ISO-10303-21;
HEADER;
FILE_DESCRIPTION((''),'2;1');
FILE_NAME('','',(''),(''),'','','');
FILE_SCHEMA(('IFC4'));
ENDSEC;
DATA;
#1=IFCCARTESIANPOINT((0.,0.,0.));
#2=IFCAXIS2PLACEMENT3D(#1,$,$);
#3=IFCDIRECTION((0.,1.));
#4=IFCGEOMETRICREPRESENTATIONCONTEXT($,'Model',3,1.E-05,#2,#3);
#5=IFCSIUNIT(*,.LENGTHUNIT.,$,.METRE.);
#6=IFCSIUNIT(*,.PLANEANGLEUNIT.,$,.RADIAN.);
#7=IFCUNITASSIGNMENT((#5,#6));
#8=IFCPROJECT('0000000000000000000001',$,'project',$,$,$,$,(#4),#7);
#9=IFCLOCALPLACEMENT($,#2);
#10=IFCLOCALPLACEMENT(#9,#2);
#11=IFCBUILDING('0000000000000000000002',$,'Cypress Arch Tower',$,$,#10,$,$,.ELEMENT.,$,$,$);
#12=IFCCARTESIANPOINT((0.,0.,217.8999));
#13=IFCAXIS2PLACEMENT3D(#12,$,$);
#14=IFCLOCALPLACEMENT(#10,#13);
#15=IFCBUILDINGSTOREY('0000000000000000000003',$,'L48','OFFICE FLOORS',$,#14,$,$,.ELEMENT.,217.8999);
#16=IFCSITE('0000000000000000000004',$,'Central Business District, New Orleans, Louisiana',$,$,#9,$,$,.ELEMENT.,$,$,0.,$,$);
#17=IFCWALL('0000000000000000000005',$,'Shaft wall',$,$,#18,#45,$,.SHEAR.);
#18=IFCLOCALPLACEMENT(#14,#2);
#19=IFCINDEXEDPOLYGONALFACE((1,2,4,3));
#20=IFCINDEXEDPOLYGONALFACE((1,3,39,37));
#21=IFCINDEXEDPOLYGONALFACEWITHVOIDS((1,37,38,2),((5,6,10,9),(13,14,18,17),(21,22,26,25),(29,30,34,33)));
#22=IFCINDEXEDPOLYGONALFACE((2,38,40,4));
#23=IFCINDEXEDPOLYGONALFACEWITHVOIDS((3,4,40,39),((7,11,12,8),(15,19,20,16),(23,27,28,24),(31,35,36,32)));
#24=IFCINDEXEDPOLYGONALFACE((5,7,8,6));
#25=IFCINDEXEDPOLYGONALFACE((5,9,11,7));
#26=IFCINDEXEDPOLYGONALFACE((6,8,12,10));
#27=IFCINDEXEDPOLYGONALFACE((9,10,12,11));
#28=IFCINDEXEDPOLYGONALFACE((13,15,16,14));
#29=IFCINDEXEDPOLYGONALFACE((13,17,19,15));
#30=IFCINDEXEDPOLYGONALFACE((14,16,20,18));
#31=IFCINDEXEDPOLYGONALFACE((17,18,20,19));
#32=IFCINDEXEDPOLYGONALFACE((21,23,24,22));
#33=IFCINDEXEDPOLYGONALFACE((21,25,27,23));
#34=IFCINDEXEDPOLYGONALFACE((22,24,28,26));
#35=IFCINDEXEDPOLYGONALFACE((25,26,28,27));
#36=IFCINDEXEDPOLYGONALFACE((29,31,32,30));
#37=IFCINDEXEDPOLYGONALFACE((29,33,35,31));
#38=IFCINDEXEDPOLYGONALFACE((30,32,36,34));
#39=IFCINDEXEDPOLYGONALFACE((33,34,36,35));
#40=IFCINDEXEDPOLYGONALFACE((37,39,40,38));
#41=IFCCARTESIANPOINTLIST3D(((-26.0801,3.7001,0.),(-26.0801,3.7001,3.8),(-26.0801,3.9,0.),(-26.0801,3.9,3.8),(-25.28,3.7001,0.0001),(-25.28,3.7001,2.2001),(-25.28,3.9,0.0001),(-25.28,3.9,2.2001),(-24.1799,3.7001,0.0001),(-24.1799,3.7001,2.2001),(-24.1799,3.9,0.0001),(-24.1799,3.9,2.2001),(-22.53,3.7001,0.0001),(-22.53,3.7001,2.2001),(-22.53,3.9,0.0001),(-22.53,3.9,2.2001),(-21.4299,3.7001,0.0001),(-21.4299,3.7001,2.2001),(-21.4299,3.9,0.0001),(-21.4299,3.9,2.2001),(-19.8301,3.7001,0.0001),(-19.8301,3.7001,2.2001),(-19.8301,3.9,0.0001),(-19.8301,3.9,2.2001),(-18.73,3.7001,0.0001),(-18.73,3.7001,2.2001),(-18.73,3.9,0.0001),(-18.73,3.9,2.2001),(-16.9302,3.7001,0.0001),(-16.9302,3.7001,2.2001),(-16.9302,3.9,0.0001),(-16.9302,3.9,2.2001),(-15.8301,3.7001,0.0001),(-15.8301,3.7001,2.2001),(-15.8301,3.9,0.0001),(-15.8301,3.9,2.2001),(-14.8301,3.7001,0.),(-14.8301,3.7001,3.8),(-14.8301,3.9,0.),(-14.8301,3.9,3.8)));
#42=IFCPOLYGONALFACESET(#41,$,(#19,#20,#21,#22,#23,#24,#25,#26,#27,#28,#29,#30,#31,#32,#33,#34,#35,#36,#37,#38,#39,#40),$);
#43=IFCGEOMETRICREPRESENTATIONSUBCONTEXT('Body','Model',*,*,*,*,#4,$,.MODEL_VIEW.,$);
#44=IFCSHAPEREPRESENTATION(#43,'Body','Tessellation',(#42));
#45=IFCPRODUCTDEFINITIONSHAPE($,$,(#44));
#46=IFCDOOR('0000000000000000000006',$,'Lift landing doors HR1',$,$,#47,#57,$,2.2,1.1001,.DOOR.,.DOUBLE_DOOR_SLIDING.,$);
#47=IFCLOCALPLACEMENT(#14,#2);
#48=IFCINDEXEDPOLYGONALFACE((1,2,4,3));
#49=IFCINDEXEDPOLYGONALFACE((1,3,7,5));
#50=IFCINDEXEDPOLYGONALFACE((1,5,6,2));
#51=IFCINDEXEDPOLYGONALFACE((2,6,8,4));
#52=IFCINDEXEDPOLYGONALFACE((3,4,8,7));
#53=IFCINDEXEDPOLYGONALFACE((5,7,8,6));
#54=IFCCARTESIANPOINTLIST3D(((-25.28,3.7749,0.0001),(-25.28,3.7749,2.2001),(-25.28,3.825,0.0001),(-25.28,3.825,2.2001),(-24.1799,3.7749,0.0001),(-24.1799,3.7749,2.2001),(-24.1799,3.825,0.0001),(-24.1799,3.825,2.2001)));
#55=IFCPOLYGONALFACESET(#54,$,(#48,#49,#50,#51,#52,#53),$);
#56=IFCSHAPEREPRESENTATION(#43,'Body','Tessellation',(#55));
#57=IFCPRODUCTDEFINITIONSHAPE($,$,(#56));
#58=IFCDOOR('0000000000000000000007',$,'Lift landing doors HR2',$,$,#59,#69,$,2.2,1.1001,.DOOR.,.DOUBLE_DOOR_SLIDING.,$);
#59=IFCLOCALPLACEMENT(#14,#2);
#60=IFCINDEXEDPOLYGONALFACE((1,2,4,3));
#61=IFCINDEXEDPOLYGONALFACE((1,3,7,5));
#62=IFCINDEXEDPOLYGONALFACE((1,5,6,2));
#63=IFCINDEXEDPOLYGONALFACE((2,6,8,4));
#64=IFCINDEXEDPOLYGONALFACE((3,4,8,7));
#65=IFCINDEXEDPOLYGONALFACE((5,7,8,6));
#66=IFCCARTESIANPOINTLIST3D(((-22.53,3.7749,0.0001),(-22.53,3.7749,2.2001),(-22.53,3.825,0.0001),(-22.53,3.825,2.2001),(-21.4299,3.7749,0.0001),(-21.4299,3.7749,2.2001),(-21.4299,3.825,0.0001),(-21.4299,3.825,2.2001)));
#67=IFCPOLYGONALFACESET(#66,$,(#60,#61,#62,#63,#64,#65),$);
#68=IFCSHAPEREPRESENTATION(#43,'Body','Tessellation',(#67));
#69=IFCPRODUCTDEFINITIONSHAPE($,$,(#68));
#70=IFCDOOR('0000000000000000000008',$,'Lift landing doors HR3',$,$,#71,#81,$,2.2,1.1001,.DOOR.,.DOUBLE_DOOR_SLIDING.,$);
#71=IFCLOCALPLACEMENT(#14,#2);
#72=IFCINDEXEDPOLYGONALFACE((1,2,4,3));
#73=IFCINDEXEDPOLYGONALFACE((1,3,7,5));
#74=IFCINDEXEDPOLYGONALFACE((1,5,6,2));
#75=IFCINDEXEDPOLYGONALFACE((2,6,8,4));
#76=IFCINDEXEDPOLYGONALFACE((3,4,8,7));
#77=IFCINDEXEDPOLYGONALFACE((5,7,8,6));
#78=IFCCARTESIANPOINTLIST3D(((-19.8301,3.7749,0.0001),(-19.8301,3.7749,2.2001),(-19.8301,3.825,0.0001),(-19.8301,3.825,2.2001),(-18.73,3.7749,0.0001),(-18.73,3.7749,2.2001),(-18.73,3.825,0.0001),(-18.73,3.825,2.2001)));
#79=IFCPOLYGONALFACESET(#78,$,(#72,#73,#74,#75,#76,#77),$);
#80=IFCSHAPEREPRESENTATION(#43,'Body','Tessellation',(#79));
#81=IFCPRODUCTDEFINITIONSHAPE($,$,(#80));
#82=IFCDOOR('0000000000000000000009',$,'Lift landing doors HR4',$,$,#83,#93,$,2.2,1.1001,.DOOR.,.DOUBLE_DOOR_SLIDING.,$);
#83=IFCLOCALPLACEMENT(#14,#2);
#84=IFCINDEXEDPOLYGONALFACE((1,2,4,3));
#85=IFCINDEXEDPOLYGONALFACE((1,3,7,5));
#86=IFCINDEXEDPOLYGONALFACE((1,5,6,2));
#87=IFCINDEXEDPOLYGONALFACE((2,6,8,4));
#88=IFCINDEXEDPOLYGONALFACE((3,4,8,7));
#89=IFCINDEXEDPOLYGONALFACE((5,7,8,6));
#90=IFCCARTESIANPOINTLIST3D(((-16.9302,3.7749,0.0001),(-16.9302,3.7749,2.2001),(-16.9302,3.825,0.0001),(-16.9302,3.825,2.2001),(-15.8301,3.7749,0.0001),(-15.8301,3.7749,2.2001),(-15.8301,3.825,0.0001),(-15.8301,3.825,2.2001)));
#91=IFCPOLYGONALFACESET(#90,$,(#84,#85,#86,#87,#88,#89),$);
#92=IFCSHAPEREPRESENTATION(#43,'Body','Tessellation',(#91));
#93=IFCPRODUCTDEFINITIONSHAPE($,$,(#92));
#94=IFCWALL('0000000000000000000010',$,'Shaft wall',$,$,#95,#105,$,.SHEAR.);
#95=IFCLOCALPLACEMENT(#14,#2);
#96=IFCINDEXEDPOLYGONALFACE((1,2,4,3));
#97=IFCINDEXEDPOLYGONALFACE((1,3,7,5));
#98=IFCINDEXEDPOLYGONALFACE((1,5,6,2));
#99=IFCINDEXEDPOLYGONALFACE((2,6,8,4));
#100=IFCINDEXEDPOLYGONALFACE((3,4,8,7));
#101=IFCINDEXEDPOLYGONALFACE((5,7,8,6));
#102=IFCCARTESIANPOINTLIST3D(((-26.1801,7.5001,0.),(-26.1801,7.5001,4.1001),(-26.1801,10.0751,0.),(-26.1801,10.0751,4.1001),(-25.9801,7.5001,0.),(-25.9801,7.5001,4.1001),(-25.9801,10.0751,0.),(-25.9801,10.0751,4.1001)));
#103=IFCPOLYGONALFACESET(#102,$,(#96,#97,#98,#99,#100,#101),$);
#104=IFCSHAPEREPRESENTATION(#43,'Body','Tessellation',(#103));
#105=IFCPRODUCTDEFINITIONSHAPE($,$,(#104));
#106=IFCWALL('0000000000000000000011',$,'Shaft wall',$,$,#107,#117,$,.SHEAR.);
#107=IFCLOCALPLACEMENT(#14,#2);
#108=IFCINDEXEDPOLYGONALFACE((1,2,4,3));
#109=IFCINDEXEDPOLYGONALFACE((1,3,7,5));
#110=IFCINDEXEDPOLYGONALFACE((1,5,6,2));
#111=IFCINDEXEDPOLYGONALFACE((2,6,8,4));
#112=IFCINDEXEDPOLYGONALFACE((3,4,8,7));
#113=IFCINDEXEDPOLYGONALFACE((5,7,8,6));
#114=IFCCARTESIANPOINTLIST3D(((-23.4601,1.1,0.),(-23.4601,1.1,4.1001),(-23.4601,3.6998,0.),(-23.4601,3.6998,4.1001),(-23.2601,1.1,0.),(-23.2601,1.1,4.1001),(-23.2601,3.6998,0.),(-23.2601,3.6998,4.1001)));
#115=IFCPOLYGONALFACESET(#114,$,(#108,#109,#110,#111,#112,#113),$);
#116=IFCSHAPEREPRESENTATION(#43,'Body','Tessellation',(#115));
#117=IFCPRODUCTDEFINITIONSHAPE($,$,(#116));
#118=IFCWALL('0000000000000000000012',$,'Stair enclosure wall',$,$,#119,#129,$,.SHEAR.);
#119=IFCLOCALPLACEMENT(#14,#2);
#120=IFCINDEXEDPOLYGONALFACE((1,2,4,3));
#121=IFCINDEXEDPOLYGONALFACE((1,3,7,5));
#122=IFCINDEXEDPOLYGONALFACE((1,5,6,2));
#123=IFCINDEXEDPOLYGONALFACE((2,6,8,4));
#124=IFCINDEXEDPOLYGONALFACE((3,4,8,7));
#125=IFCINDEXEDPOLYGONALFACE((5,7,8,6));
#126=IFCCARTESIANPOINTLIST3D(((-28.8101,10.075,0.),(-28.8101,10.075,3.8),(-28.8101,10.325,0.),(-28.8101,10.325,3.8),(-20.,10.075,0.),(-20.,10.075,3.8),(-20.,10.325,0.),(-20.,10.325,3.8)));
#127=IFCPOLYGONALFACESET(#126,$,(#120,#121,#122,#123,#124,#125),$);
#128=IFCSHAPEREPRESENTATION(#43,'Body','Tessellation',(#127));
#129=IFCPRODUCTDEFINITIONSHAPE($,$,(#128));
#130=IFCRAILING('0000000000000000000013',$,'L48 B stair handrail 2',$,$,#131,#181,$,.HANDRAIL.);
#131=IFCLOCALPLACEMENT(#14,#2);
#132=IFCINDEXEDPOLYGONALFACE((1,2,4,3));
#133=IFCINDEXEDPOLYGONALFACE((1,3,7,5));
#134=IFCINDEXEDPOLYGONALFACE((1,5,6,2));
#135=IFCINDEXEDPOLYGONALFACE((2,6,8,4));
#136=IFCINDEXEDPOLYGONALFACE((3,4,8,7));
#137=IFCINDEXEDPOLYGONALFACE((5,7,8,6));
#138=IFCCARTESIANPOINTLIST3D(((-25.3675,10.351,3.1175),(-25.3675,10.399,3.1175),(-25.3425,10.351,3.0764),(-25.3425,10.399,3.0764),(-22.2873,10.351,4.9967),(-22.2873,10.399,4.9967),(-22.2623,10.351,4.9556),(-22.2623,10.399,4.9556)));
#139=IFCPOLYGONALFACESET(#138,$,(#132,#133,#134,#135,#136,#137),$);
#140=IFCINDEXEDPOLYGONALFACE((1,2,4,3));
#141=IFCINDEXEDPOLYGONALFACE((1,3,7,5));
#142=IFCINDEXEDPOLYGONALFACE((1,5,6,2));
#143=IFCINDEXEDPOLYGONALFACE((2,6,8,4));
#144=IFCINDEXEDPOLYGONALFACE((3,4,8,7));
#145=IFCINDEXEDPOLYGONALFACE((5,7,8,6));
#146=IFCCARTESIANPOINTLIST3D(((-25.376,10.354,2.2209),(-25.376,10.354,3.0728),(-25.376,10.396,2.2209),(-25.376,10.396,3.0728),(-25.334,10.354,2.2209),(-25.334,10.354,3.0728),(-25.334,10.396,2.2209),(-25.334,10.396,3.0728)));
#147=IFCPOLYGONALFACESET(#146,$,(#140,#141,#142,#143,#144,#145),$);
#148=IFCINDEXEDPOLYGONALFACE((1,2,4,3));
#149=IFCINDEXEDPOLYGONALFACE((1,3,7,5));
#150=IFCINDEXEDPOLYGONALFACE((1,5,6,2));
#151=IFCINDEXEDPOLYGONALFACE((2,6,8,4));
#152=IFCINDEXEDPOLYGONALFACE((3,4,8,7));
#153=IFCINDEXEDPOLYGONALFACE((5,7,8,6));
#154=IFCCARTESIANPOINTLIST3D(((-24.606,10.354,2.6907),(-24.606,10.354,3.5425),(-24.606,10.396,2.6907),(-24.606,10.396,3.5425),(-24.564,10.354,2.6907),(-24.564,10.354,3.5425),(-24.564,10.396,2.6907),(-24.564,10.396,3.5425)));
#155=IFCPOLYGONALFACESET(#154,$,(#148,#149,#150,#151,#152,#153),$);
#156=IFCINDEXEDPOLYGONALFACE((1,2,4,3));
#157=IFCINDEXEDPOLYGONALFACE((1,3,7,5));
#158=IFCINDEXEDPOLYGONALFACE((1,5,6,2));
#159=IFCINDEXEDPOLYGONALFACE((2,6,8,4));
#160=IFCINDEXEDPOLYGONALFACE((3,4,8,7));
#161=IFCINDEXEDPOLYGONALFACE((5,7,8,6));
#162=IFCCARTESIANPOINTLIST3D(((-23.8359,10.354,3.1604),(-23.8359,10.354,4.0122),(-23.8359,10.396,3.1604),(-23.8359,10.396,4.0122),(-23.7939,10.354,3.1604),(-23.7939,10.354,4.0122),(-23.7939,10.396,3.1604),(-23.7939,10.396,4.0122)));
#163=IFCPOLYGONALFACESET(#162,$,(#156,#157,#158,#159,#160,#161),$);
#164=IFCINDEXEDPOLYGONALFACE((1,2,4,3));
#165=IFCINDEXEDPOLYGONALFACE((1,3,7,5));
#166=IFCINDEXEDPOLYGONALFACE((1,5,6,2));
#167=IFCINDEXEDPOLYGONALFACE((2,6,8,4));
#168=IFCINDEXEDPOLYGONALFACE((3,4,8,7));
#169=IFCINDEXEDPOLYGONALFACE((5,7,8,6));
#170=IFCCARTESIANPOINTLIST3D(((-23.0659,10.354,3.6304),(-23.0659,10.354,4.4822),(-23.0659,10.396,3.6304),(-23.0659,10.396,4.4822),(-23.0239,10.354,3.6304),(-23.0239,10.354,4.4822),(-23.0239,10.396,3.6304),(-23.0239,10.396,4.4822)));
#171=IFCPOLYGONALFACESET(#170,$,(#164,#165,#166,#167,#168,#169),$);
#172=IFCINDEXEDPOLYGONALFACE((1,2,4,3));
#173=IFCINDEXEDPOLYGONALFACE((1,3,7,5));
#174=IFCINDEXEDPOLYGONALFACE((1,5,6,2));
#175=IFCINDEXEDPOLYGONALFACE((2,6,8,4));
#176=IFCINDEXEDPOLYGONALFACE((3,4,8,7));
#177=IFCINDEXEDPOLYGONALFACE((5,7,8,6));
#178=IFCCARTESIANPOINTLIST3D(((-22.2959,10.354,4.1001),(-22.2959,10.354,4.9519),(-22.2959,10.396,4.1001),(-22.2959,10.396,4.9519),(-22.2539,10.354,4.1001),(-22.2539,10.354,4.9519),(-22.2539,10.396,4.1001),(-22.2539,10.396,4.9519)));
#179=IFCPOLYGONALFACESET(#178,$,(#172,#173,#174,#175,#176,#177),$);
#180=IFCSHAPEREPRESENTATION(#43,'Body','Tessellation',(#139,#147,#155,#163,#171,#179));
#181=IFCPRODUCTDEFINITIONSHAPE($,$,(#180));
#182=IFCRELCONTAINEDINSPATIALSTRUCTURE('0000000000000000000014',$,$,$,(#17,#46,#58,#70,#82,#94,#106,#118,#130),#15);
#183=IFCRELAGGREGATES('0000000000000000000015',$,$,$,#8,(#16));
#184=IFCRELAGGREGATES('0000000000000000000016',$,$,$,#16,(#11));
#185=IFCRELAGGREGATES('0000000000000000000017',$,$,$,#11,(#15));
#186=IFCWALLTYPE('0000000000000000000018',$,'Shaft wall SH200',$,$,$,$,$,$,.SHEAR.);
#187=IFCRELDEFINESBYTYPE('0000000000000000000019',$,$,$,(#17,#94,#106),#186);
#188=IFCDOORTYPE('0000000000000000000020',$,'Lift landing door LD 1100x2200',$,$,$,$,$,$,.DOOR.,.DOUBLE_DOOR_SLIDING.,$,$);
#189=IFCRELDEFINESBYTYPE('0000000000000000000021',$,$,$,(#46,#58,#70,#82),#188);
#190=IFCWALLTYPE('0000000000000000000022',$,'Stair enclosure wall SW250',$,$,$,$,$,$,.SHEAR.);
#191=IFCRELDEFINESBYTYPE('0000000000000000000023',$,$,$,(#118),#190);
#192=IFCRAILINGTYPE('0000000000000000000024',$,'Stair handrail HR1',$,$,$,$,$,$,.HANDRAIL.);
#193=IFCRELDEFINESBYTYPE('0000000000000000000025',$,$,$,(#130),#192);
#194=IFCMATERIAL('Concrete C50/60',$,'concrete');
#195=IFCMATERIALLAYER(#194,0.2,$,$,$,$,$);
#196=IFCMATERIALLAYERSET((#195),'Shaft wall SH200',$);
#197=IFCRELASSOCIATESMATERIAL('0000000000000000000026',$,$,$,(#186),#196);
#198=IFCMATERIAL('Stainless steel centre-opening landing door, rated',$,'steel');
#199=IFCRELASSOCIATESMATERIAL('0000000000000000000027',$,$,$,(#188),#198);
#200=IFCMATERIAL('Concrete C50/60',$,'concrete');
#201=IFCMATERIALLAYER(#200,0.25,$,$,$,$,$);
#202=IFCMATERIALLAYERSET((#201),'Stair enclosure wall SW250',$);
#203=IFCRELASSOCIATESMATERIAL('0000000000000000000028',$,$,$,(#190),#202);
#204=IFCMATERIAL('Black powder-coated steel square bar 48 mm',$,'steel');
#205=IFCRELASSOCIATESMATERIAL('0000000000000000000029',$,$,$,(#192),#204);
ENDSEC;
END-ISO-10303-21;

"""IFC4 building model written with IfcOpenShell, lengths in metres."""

from ifc_helpers import new_model, si_unit, direction, frame, frame_2d, origin, origin_2d, place, context, subcontext, project, spatial, rectangle, extrude, material, layer, layer_set, type_object, element, fill, save


model = new_model("IFC4")

# Units and contexts
model_context = context("Model", 3, precision=1e-05, world=origin(), true_north=direction((0.0, 1.0)))
body_context = subcontext(model_context, "Body", "Model", "MODEL_VIEW")
ifc_project = project(units=[si_unit("LENGTHUNIT", "METRE"), si_unit("PLANEANGLEUNIT", "RADIAN")], contexts=[model_context])

# Site, building, storey
site_placement = place(None, origin())
site = spatial("IfcSite", under=ifc_project, at=site_placement, Name="Central Business District, New Orleans, Louisiana", CompositionType="ELEMENT", RefElevation=0.0)
building_placement = place(site_placement, origin())
building = spatial("IfcBuilding", under=site, at=building_placement, Name="Cypress Arch Tower", CompositionType="ELEMENT")
storey_placement = place(building_placement, frame((0.0, 0.0, 217.8999)))
storey = spatial("IfcBuildingStorey", under=building, at=storey_placement, Name="L48", Description="OFFICE FLOORS", CompositionType="ELEMENT", Elevation=217.8999)

# Shared definitions
ifc_material_1 = material(Name="Concrete C50/60", Category="concrete")
ifc_layer_1 = layer(ifc_material_1, 0.2)
ifc_layer_set_1 = layer_set([ifc_layer_1], Name="Shaft wall SH200")
wall_type_1 = type_object("IfcWallType", Name="Shaft wall SH200", PredefinedType="SHEAR", material=ifc_layer_set_1)
ifc_material_2 = material(Name="Stainless steel centre-opening landing door, rated", Category="steel")
door_type_1 = type_object("IfcDoorType", Name="Lift landing door LD 1100x2200", OperationType="DOUBLE_DOOR_SLIDING", PredefinedType="DOOR", material=ifc_material_2)

# Wall, openings, doors
wall_1_placement = place(storey_placement, frame((-26.0801, 3.8, 0.0), z_axis=(0.0, 0.0, 1.0), x_axis=(1.0, 0.0, 0.0)))
wall_1 = element("IfcWall", 1, at=wall_1_placement, inside=storey, type_object=wall_type_1, Name="Shaft wall", PredefinedType="SHEAR", context=body_context, shape_type="SweptSolid", body=[
    extrude(rectangle(XDim=11.25, YDim=0.2, at=frame_2d((5.625, 0.0))), origin(), (0.0, 0.0, 1.0), 3.8),
])
opening_1_placement = place(wall_1_placement, frame((0.8, 0.0, 0.0)))
opening_1 = element("IfcOpeningElement", 2, at=opening_1_placement, cuts=wall_1, PredefinedType="OPENING", context=body_context, shape_type="SweptSolid", body=[
    extrude(rectangle(XDim=1.1001, YDim=2.2, at=frame_2d((0.55, 1.1001))), frame((0.0, 0.1099, 0.0), z_axis=(0.0, -1.0, 0.0), x_axis=(1.0, 0.0, 0.0)), (0.0, 0.0, 1.0), 0.22),
])
opening_2_placement = place(wall_1_placement, frame((3.55, 0.0, 0.0)))
opening_2 = element("IfcOpeningElement", 3, at=opening_2_placement, cuts=wall_1, PredefinedType="OPENING", context=body_context, shape_type="SweptSolid", body=[
    extrude(rectangle(XDim=1.1001, YDim=2.2, at=frame_2d((0.55, 1.1001))), frame((0.0, 0.1099, 0.0), z_axis=(0.0, -1.0, 0.0), x_axis=(1.0, 0.0, 0.0)), (0.0, 0.0, 1.0), 0.22),
])
opening_3_placement = place(wall_1_placement, frame((6.25, 0.0, 0.0)))
opening_3 = element("IfcOpeningElement", 4, at=opening_3_placement, cuts=wall_1, PredefinedType="OPENING", context=body_context, shape_type="SweptSolid", body=[
    extrude(rectangle(XDim=1.1001, YDim=2.2, at=frame_2d((0.55, 1.1001))), frame((0.0, 0.1099, 0.0), z_axis=(0.0, -1.0, 0.0), x_axis=(1.0, 0.0, 0.0)), (0.0, 0.0, 1.0), 0.22),
])
opening_4_placement = place(wall_1_placement, frame((9.1499, 0.0, 0.0)))
opening_4 = element("IfcOpeningElement", 5, at=opening_4_placement, cuts=wall_1, PredefinedType="OPENING", context=body_context, shape_type="SweptSolid", body=[
    extrude(rectangle(XDim=1.1001, YDim=2.2, at=frame_2d((0.55, 1.1001))), frame((0.0, 0.1099, 0.0), z_axis=(0.0, -1.0, 0.0), x_axis=(1.0, 0.0, 0.0)), (0.0, 0.0, 1.0), 0.22),
])
door_1_placement = place(opening_1_placement, origin())
door_1 = element("IfcDoor", 6, at=door_1_placement, inside=storey, type_object=door_type_1, Name="Lift landing doors HR1", OperationType="DOUBLE_DOOR_SLIDING", OverallHeight=2.2, OverallWidth=1.1001, PredefinedType="DOOR", context=body_context, shape_type="SweptSolid", body=[
    extrude(rectangle(XDim=1.1001, YDim=2.2, at=frame_2d((0.55, 1.1001))), frame((0.0, 0.0249, 0.0), z_axis=(0.0, -1.0, 0.0), x_axis=(1.0, 0.0, 0.0)), (0.0, 0.0, 1.0), 0.05),
])
fill(opening_1, door_1)
door_2_placement = place(opening_2_placement, origin())
door_2 = element("IfcDoor", 7, at=door_2_placement, inside=storey, type_object=door_type_1, Name="Lift landing doors HR2", OperationType="DOUBLE_DOOR_SLIDING", OverallHeight=2.2, OverallWidth=1.1001, PredefinedType="DOOR", context=body_context, shape_type="SweptSolid", body=[
    extrude(rectangle(XDim=1.1001, YDim=2.2, at=frame_2d((0.55, 1.1001))), frame((0.0, 0.0249, 0.0), z_axis=(0.0, -1.0, 0.0), x_axis=(1.0, 0.0, 0.0)), (0.0, 0.0, 1.0), 0.05),
])
fill(opening_2, door_2)
door_3_placement = place(opening_3_placement, origin())
door_3 = element("IfcDoor", 8, at=door_3_placement, inside=storey, type_object=door_type_1, Name="Lift landing doors HR3", OperationType="DOUBLE_DOOR_SLIDING", OverallHeight=2.2, OverallWidth=1.1001, PredefinedType="DOOR", context=body_context, shape_type="SweptSolid", body=[
    extrude(rectangle(XDim=1.1001, YDim=2.2, at=frame_2d((0.55, 1.1001))), frame((0.0, 0.0249, 0.0), z_axis=(0.0, -1.0, 0.0), x_axis=(1.0, 0.0, 0.0)), (0.0, 0.0, 1.0), 0.05),
])
fill(opening_3, door_3)
door_4_placement = place(opening_4_placement, origin())
door_4 = element("IfcDoor", 9, at=door_4_placement, inside=storey, type_object=door_type_1, Name="Lift landing doors HR4", OperationType="DOUBLE_DOOR_SLIDING", OverallHeight=2.2, OverallWidth=1.1001, PredefinedType="DOOR", context=body_context, shape_type="SweptSolid", body=[
    extrude(rectangle(XDim=1.1001, YDim=2.2, at=frame_2d((0.55, 1.1001))), frame((0.0, 0.0249, 0.0), z_axis=(0.0, -1.0, 0.0), x_axis=(1.0, 0.0, 0.0)), (0.0, 0.0, 1.0), 0.05),
])
fill(opening_4, door_4)

# Walls
wall_2_placement = place(storey_placement, frame((-26.0801, 7.5, 0.0), z_axis=(0.0, 0.0, 1.0), x_axis=(0.0, 1.0, 0.0)))
element("IfcWall", 10, at=wall_2_placement, inside=storey, type_object=wall_type_1, Name="Shaft wall", PredefinedType="SHEAR", context=body_context, shape_type="SweptSolid", body=[
    extrude(rectangle(XDim=2.575, YDim=0.2, at=frame_2d((1.2876, 0.0))), origin(), (0.0, 0.0, 1.0), 4.1001),
])
wall_3_placement = place(storey_placement, frame((-23.3601, 1.1001, 0.0), z_axis=(0.0, 0.0, 1.0), x_axis=(0.0, 1.0, 0.0)))
element("IfcWall", 11, at=wall_3_placement, inside=storey, type_object=wall_type_1, Name="Shaft wall", PredefinedType="SHEAR", context=body_context, shape_type="SweptSolid", body=[
    extrude(rectangle(XDim=2.5999, YDim=0.2, at=frame_2d((1.2998, 0.0))), origin(), (0.0, 0.0, 1.0), 4.1001),
])
ifc_material_3 = material(Name="Concrete C50/60", Category="concrete")
ifc_layer_2 = layer(ifc_material_3, 0.25)
ifc_layer_set_2 = layer_set([ifc_layer_2], Name="Stair enclosure wall SW250")
wall_type_2 = type_object("IfcWallType", Name="Stair enclosure wall SW250", PredefinedType="SHEAR", material=ifc_layer_set_2)
wall_4_placement = place(storey_placement, frame((-28.8101, 10.2, 0.0), z_axis=(0.0, 0.0, 1.0), x_axis=(1.0, 0.0, 0.0)))
element("IfcWall", 12, at=wall_4_placement, inside=storey, type_object=wall_type_2, Name="Stair enclosure wall", PredefinedType="SHEAR", context=body_context, shape_type="SweptSolid", body=[
    extrude(rectangle(XDim=8.8101, YDim=0.25, at=frame_2d((4.405, 0.0))), origin(), (0.0, 0.0, 1.0), 3.8),
])

# Railing
ifc_material_4 = material(Name="Black powder-coated steel square bar 48 mm", Category="steel")
railing_type_1 = type_object("IfcRailingType", Name="Stair handrail HR1", PredefinedType="HANDRAIL", material=ifc_material_4)
railing_1_placement = place(storey_placement, frame((-25.355, 10.375, 2.2209)))
element("IfcRailing", 13, at=railing_1_placement, inside=storey, type_object=railing_type_1, Name="L48 B stair handrail 2", PredefinedType="HANDRAIL", context=body_context, shape_type="SweptSolid", body=[
    extrude(rectangle(XDim=0.0481, YDim=0.0481, at=origin_2d()), frame((0.0, 0.0, 0.876), z_axis=(0.853666, 0.0, 0.52082), x_axis=(0.0, 1.0, 0.0)), (0.0, 0.0, 1.0), 3.6082),
    extrude(rectangle(XDim=0.042, YDim=0.042, at=origin_2d()), origin(), (0.0, 0.0, 1.0), 0.8518),
    extrude(rectangle(XDim=0.042, YDim=0.042, at=origin_2d()), frame((0.77, 0.0, 0.4697)), (0.0, 0.0, 1.0), 0.8518),
    extrude(rectangle(XDim=0.042, YDim=0.042, at=origin_2d()), frame((1.54, 0.0, 0.9395)), (0.0, 0.0, 1.0), 0.8518),
    extrude(rectangle(XDim=0.042, YDim=0.042, at=origin_2d()), frame((2.3101, 0.0, 1.4094)), (0.0, 0.0, 1.0), 0.8518),
    extrude(rectangle(XDim=0.042, YDim=0.042, at=origin_2d()), frame((3.0801, 0.0, 1.8792)), (0.0, 0.0, 1.0), 0.8518),
])

save(model, "model.ifc")
